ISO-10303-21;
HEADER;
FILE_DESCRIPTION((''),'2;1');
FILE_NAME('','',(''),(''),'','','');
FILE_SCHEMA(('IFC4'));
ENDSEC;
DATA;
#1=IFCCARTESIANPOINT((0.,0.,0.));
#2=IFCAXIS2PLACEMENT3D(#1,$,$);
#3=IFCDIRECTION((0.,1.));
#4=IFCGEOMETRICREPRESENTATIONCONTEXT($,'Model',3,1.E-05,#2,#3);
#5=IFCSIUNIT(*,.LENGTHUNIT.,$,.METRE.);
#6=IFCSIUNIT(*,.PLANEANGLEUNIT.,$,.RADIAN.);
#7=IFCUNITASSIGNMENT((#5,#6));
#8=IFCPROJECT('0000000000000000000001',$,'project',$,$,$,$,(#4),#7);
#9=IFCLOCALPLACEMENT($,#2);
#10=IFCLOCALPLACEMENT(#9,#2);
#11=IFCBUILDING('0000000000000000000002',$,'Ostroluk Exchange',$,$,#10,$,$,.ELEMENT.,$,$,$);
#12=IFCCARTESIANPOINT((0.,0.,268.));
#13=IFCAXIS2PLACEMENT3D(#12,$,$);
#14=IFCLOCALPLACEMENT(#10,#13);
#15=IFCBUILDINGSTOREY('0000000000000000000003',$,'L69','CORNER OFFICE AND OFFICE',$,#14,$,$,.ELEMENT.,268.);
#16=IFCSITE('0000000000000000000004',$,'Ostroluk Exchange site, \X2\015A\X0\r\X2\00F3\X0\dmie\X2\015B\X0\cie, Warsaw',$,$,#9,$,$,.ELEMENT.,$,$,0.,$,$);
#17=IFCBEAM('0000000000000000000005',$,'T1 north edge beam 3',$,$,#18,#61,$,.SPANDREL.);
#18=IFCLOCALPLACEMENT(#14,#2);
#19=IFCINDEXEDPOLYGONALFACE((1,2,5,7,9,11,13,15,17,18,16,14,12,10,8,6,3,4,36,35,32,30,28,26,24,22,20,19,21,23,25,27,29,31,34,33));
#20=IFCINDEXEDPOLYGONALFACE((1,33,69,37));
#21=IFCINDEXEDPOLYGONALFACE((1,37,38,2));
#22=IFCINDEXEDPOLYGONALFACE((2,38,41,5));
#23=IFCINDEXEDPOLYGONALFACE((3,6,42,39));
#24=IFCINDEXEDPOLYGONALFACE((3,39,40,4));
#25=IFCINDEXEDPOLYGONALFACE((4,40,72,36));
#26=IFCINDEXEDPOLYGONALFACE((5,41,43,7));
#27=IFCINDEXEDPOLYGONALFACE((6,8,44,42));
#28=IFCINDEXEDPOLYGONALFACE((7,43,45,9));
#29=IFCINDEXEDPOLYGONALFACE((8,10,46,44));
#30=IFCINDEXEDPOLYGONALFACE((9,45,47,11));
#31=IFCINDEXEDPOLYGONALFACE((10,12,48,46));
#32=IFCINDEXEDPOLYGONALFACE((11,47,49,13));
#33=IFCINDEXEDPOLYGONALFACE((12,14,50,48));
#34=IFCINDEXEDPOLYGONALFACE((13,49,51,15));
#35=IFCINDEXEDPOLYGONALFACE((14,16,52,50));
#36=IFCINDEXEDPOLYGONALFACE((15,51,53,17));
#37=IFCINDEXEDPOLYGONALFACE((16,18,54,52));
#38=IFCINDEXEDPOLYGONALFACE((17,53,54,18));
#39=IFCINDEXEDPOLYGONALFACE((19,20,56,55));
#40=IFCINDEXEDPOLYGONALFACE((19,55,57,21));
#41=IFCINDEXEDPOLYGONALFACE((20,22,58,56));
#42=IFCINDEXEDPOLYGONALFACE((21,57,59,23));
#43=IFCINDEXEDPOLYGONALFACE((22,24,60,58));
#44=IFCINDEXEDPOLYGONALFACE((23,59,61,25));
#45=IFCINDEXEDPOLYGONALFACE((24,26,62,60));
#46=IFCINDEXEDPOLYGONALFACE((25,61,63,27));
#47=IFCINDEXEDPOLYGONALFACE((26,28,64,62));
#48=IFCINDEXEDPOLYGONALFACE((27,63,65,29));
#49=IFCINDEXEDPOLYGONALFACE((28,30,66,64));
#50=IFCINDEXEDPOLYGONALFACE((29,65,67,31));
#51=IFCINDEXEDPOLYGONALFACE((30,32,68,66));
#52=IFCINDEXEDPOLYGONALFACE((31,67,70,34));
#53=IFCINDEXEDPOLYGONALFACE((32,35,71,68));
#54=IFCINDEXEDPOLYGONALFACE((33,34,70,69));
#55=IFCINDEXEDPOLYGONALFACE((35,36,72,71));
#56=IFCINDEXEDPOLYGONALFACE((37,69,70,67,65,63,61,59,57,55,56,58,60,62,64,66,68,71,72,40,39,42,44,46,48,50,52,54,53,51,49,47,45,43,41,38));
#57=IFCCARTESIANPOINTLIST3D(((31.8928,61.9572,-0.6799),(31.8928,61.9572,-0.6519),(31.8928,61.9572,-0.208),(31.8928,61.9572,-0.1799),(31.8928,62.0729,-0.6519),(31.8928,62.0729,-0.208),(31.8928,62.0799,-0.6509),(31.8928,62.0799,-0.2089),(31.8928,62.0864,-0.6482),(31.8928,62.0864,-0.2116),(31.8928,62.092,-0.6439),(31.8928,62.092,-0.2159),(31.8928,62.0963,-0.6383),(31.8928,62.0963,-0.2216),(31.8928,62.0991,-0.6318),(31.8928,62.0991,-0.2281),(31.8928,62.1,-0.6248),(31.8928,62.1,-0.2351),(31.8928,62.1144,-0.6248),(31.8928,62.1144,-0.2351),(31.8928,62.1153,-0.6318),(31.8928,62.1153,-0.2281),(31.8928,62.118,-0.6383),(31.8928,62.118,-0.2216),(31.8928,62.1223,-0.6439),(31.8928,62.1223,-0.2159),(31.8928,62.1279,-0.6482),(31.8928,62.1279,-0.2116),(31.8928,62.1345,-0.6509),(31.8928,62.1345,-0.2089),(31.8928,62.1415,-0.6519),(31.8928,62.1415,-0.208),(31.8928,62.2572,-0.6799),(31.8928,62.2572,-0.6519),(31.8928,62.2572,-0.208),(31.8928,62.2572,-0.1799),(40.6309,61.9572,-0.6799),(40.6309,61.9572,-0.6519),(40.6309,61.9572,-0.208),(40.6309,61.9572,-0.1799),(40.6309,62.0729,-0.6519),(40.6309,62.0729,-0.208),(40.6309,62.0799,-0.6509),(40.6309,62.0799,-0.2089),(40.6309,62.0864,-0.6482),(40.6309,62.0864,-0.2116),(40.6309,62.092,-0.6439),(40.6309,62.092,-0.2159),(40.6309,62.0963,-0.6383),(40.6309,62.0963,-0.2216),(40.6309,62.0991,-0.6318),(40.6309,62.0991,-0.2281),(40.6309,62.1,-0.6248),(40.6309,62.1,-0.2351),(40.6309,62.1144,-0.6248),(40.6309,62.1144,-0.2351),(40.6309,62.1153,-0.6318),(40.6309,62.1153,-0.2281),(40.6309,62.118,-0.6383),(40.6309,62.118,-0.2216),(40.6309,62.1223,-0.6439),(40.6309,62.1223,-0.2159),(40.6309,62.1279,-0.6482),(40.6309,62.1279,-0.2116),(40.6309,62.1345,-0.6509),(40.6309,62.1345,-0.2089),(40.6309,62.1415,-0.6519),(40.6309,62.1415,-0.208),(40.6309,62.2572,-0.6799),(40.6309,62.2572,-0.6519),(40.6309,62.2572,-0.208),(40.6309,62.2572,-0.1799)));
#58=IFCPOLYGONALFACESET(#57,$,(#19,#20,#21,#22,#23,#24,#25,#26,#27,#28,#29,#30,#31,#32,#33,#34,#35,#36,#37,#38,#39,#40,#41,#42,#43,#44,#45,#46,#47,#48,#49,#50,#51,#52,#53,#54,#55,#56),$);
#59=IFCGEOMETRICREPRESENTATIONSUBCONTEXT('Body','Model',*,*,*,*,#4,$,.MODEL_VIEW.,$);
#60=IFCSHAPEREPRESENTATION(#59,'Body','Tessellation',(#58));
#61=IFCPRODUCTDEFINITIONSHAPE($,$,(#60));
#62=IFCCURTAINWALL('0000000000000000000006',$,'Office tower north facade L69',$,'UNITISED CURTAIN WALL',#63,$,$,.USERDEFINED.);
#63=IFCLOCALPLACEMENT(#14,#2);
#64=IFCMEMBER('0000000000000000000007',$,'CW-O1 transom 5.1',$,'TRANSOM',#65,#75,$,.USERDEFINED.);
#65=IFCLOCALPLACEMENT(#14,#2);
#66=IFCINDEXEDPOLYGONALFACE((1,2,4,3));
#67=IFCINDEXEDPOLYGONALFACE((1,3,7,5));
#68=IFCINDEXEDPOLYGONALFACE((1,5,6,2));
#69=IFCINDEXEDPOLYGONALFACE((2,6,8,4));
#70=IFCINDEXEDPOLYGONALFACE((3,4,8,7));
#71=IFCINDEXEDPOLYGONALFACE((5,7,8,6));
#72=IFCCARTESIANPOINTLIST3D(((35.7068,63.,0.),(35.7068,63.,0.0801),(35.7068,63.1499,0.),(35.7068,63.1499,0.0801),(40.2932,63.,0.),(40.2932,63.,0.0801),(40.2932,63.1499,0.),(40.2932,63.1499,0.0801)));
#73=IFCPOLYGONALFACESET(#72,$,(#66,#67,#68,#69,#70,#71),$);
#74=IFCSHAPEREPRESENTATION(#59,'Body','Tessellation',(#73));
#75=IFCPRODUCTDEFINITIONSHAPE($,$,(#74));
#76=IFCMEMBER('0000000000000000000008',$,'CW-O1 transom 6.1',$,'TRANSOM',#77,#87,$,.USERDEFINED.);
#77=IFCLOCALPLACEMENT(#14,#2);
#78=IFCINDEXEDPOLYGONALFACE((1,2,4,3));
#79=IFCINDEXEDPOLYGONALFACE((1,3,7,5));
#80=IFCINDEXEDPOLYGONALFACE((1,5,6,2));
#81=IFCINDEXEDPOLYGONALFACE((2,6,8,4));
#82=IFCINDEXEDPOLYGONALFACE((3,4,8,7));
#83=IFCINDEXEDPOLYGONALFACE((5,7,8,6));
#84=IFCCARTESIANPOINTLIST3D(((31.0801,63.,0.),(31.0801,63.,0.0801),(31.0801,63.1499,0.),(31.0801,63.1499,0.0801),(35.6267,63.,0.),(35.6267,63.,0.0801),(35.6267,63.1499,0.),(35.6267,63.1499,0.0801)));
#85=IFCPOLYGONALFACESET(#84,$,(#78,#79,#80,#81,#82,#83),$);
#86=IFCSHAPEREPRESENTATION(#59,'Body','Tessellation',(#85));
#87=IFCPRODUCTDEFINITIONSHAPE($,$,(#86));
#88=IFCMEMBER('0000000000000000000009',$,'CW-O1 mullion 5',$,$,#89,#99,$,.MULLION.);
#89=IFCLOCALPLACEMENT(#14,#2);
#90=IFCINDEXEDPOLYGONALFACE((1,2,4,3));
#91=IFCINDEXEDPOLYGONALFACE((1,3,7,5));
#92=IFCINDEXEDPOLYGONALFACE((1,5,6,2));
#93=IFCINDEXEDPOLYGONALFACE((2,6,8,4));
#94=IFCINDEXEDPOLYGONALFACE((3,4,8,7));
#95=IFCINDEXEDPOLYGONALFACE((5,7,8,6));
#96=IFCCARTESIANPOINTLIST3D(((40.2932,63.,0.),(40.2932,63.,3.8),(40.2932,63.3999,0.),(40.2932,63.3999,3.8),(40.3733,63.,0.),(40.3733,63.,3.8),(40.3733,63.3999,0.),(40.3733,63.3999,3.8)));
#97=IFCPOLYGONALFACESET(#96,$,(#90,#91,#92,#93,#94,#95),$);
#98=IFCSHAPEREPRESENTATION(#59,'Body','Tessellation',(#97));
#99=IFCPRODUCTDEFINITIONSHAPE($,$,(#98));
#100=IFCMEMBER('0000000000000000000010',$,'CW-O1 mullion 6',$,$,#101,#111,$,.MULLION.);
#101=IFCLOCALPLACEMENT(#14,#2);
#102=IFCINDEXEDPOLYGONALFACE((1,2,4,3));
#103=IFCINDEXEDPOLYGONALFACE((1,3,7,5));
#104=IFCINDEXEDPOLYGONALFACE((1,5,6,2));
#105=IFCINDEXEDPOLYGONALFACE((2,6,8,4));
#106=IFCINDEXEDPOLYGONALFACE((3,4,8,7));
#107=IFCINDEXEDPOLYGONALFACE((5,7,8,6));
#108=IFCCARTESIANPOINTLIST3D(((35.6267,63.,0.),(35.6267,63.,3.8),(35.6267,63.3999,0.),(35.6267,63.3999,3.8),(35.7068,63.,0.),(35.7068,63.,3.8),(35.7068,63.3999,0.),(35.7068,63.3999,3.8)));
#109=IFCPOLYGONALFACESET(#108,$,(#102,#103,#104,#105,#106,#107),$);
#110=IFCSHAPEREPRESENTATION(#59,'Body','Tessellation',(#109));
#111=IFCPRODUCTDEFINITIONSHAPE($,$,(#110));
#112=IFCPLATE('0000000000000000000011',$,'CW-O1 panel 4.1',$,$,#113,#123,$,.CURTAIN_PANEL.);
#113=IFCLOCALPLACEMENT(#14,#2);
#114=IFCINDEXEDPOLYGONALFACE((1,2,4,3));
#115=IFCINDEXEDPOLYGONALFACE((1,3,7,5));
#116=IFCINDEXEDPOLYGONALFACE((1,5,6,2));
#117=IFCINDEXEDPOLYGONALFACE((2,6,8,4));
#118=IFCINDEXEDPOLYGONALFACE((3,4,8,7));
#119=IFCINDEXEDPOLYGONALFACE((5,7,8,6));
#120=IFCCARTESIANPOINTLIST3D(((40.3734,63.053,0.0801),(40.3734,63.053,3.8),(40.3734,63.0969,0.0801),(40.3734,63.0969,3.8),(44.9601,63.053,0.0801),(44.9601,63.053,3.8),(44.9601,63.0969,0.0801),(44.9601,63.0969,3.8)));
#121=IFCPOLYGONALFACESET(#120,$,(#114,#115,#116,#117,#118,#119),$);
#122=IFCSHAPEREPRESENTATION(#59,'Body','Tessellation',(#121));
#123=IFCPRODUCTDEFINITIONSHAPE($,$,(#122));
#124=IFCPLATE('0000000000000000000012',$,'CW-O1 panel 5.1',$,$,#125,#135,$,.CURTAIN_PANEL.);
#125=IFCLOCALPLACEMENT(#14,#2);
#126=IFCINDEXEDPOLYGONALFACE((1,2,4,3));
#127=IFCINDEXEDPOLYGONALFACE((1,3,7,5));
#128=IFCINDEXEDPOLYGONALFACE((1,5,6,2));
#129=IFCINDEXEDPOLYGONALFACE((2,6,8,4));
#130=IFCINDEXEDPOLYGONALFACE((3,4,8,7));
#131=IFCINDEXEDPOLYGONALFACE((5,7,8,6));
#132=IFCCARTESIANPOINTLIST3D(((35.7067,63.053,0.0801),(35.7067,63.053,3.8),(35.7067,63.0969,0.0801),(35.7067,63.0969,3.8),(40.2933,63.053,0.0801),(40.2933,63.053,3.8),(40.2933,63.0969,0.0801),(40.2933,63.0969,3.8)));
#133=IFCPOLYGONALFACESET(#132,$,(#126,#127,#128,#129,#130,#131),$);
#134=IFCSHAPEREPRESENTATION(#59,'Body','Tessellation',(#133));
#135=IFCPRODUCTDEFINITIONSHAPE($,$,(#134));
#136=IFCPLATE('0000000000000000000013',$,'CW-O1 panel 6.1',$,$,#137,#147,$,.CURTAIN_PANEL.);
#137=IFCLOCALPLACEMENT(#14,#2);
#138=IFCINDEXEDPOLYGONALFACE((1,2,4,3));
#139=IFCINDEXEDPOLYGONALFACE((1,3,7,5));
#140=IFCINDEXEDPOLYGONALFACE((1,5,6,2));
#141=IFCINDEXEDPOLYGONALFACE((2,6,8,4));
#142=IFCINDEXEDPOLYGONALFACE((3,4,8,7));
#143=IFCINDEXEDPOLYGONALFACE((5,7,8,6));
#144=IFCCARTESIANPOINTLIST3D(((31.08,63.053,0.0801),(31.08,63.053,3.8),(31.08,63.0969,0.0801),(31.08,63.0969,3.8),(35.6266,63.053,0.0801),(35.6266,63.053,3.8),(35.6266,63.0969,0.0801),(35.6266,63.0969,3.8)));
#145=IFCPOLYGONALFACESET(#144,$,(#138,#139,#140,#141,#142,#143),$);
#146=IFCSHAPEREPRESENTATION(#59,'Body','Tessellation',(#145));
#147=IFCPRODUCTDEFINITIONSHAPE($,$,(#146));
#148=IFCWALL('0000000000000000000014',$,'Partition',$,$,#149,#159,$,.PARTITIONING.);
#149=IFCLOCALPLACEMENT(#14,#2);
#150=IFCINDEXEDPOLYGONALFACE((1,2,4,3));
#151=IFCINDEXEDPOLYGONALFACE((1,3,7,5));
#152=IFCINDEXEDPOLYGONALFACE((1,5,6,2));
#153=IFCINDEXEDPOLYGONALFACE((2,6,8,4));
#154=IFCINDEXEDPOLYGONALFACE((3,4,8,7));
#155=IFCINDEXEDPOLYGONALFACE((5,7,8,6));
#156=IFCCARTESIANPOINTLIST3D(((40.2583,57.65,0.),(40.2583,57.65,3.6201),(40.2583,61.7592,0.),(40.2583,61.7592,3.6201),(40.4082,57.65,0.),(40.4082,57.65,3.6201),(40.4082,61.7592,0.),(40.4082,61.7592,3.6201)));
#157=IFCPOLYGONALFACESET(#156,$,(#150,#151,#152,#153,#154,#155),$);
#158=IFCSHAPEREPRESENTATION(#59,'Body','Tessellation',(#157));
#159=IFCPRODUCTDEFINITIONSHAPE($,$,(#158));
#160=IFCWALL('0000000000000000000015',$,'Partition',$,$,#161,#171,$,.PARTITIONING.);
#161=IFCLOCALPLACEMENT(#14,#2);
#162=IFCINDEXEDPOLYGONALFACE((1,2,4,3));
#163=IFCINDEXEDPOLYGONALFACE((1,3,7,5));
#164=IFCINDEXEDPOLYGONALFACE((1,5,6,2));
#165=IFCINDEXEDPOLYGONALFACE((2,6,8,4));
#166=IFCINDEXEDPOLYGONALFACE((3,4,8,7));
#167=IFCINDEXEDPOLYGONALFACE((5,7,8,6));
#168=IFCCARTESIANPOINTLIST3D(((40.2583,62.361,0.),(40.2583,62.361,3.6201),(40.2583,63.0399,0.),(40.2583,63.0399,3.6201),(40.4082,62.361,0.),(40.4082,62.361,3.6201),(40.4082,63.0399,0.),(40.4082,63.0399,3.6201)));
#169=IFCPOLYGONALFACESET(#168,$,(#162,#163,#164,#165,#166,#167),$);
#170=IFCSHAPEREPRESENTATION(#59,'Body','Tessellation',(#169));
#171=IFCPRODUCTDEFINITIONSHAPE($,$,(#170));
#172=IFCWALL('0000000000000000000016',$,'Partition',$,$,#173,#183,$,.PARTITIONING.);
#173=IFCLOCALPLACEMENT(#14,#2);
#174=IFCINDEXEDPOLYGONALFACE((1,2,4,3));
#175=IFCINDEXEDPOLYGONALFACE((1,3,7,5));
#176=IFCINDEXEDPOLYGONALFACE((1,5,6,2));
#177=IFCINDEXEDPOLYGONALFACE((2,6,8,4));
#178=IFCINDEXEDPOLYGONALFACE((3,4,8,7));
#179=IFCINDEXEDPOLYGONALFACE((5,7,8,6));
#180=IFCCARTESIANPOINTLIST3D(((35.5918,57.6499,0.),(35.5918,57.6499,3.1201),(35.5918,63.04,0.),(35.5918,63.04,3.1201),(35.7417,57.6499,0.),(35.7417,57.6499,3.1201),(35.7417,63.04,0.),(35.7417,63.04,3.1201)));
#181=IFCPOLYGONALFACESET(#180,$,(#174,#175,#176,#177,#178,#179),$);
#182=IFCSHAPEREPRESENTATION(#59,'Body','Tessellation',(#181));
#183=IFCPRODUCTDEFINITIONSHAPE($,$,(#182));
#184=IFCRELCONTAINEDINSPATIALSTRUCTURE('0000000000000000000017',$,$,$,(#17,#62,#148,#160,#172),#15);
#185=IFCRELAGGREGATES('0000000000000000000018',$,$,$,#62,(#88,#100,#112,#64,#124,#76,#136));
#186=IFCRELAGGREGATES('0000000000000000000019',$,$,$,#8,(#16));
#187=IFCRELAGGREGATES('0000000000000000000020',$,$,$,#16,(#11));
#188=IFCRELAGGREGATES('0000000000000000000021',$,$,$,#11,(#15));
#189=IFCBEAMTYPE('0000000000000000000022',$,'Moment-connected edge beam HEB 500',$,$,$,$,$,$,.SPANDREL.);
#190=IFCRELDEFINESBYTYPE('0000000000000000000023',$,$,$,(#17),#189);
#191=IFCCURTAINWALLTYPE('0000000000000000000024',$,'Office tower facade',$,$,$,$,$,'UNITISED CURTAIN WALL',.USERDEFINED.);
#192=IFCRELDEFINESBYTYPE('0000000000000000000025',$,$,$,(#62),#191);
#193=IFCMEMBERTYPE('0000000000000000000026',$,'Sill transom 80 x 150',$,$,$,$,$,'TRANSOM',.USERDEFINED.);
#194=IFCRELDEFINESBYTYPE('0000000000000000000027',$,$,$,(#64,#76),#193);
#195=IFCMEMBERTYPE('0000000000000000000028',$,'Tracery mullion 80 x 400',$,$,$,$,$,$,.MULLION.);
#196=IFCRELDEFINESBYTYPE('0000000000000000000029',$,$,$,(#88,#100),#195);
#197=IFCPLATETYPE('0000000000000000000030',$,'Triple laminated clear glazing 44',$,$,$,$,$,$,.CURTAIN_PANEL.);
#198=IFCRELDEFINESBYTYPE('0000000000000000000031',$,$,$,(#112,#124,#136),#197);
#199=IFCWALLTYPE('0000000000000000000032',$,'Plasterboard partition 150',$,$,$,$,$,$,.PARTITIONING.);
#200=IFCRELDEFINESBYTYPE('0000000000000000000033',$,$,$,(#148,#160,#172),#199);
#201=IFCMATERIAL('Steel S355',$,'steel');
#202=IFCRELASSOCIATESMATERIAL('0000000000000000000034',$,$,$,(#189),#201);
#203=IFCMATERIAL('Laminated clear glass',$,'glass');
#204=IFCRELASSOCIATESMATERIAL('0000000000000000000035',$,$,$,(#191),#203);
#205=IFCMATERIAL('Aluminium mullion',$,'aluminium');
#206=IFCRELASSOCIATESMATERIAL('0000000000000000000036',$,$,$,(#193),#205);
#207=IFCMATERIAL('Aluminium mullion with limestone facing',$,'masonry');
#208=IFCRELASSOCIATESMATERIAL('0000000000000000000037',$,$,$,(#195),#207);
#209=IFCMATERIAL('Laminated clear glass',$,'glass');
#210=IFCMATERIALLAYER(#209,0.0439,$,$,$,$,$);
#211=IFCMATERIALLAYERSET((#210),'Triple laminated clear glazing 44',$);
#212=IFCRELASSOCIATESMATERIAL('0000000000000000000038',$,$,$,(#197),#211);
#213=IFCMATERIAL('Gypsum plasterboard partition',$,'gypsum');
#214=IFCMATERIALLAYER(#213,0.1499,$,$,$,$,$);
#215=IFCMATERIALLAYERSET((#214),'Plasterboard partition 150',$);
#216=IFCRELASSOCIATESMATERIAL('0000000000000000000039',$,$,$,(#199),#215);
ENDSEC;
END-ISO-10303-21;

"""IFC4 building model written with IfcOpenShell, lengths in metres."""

from ifc_helpers import new_model, si_unit, direction, frame, frame_2d, origin, origin_2d, place, context, subcontext, project, spatial, rectangle, i_section, extrude, material, layer, layer_set, material_profile, profile_set, type_object, element, aggregate, save


model = new_model("IFC4")

# Units and contexts
model_context = context("Model", 3, precision=1e-05, world=origin(), true_north=direction((0.0, 1.0)))
body_context = subcontext(model_context, "Body", "Model", "MODEL_VIEW")
ifc_project = project(units=[si_unit("LENGTHUNIT", "METRE"), si_unit("PLANEANGLEUNIT", "RADIAN")], contexts=[model_context])

# Site, building, storey
site_placement = place(None, origin())
site = spatial("IfcSite", under=ifc_project, at=site_placement, Name="Ostroluk Exchange site, Śródmieście, Warsaw", CompositionType="ELEMENT", RefElevation=0.0)
building_placement = place(site_placement, origin())
building = spatial("IfcBuilding", under=site, at=building_placement, Name="Ostroluk Exchange", CompositionType="ELEMENT")
storey_placement = place(building_placement, frame((0.0, 0.0, 268.0)))
storey = spatial("IfcBuildingStorey", under=building, at=storey_placement, Name="L69", Description="CORNER OFFICE AND OFFICE", CompositionType="ELEMENT", Elevation=268.0)

# Beam
ifc_material_1 = material(Name="Steel S355", Category="steel")
ifc_material_profile_1 = material_profile(ifc_material_1, i_section(OverallWidth=0.3, OverallDepth=0.5, WebThickness=0.0144, FlangeThickness=0.0281, FilletRadius=0.0271, at=origin_2d()), Name="HEB 500")
ifc_profile_set_1 = profile_set([ifc_material_profile_1], Name="Steel S355")
beam_type_1 = type_object("IfcBeamType", Name="Moment-connected edge beam HEB 500", PredefinedType="SPANDREL", material=ifc_profile_set_1)
beam_1_placement = place(storey_placement, frame((40.6309, 62.1072, -0.4299), z_axis=(-1.0, 0.0, 0.0), x_axis=(0.0, -1.0, 0.0)))
element("IfcBeam", 1, at=beam_1_placement, inside=storey, type_object=beam_type_1, Name="T1 north edge beam 3", PredefinedType="SPANDREL", context=body_context, shape_type="SweptSolid", body=[
    extrude(i_section(OverallWidth=0.3, OverallDepth=0.5, WebThickness=0.0144, FlangeThickness=0.0281, FilletRadius=0.0271, at=origin_2d()), origin(), (0.0, 0.0, 1.0), 8.738),
])

# Curtain wall, members, plates
ifc_material_2 = material(Name="Laminated clear glass", Category="glass")
curtain_wall_type = type_object("IfcCurtainWallType", Name="Office tower facade", ElementType="UNITISED CURTAIN WALL", PredefinedType="USERDEFINED", material=ifc_material_2)
curtain_wall_placement = place(storey_placement, origin())
curtain_wall = element("IfcCurtainWall", 2, at=curtain_wall_placement, inside=storey, type_object=curtain_wall_type, Name="Office tower north facade L69", ObjectType="UNITISED CURTAIN WALL", PredefinedType="USERDEFINED")
ifc_material_3 = material(Name="Aluminium mullion", Category="aluminium")
ifc_material_profile_2 = material_profile(ifc_material_3, rectangle(XDim=0.1499, YDim=0.0801, at=origin_2d()), Name="Sill transom 80 x 150")
ifc_profile_set_2 = profile_set([ifc_material_profile_2], Name="Aluminium mullion")
member_type_1 = type_object("IfcMemberType", Name="Sill transom 80 x 150", ElementType="TRANSOM", PredefinedType="USERDEFINED", material=ifc_profile_set_2)
member_1_placement = place(storey_placement, frame((40.2932, 63.075, 0.04), z_axis=(-1.0, 0.0, 0.0), x_axis=(0.0, -1.0, 0.0)))
member_1 = element("IfcMember", 3, at=member_1_placement, type_object=member_type_1, Name="CW-O1 transom 5.1", ObjectType="TRANSOM", PredefinedType="USERDEFINED", context=body_context, shape_type="SweptSolid", body=[
    extrude(rectangle(XDim=0.1499, YDim=0.0801, at=origin_2d()), origin(), (0.0, 0.0, 1.0), 4.5864),
])
member_2_placement = place(storey_placement, frame((35.6267, 63.075, 0.04), z_axis=(-1.0, 0.0, 0.0), x_axis=(0.0, -1.0, 0.0)))
member_2 = element("IfcMember", 4, at=member_2_placement, type_object=member_type_1, Name="CW-O1 transom 6.1", ObjectType="TRANSOM", PredefinedType="USERDEFINED", context=body_context, shape_type="SweptSolid", body=[
    extrude(rectangle(XDim=0.1499, YDim=0.0801, at=origin_2d()), origin(), (0.0, 0.0, 1.0), 4.5466),
])
ifc_material_4 = material(Name="Aluminium mullion with limestone facing", Category="masonry")
ifc_material_profile_3 = material_profile(ifc_material_4, rectangle(XDim=0.3999, YDim=0.0801, at=origin_2d()), Name="Tracery mullion 80 x 400")
ifc_profile_set_3 = profile_set([ifc_material_profile_3], Name="Aluminium mullion with limestone facing")
member_type_2 = type_object("IfcMemberType", Name="Tracery mullion 80 x 400", PredefinedType="MULLION", material=ifc_profile_set_3)
member_3_placement = place(storey_placement, frame((40.3333, 63.2, 0.0), z_axis=(0.0, 0.0, 1.0), x_axis=(0.0, -1.0, 0.0)))
member_3 = element("IfcMember", 5, at=member_3_placement, type_object=member_type_2, Name="CW-O1 mullion 5", PredefinedType="MULLION", context=body_context, shape_type="SweptSolid", body=[
    extrude(rectangle(XDim=0.3999, YDim=0.0801, at=origin_2d()), origin(), (0.0, 0.0, 1.0), 3.8),
])
member_4_placement = place(storey_placement, frame((35.6667, 63.2, 0.0), z_axis=(0.0, 0.0, 1.0), x_axis=(0.0, -1.0, 0.0)))
member_4 = element("IfcMember", 6, at=member_4_placement, type_object=member_type_2, Name="CW-O1 mullion 6", PredefinedType="MULLION", context=body_context, shape_type="SweptSolid", body=[
    extrude(rectangle(XDim=0.3999, YDim=0.0801, at=origin_2d()), origin(), (0.0, 0.0, 1.0), 3.8),
])
ifc_material_5 = material(Name="Laminated clear glass", Category="glass")
ifc_layer_1 = layer(ifc_material_5, 0.0439)
ifc_layer_set_1 = layer_set([ifc_layer_1], Name="Triple laminated clear glazing 44")
plate_type = type_object("IfcPlateType", Name="Triple laminated clear glazing 44", PredefinedType="CURTAIN_PANEL", material=ifc_layer_set_1)
plate_1_placement = place(storey_placement, frame((42.6667, 63.075, 0.0801), z_axis=(0.0, 0.0, 1.0), x_axis=(-1.0, 0.0, 0.0)))
plate_1 = element("IfcPlate", 7, at=plate_1_placement, type_object=plate_type, Name="CW-O1 panel 4.1", PredefinedType="CURTAIN_PANEL", context=body_context, shape_type="SweptSolid", body=[
    extrude(rectangle(XDim=4.5867, YDim=0.0439, at=origin_2d()), origin(), (0.0, 0.0, 1.0), 3.72),
])
plate_2_placement = place(storey_placement, frame((38.0, 63.075, 0.0801), z_axis=(0.0, 0.0, 1.0), x_axis=(-1.0, 0.0, 0.0)))
plate_2 = element("IfcPlate", 8, at=plate_2_placement, type_object=plate_type, Name="CW-O1 panel 5.1", PredefinedType="CURTAIN_PANEL", context=body_context, shape_type="SweptSolid", body=[
    extrude(rectangle(XDim=4.5867, YDim=0.0439, at=origin_2d()), origin(), (0.0, 0.0, 1.0), 3.72),
])
plate_3_placement = place(storey_placement, frame((33.3533, 63.075, 0.0801), z_axis=(0.0, 0.0, 1.0), x_axis=(-1.0, 0.0, 0.0)))
plate_3 = element("IfcPlate", 9, at=plate_3_placement, type_object=plate_type, Name="CW-O1 panel 6.1", PredefinedType="CURTAIN_PANEL", context=body_context, shape_type="SweptSolid", body=[
    extrude(rectangle(XDim=4.5466, YDim=0.0439, at=origin_2d()), origin(), (0.0, 0.0, 1.0), 3.72),
])
aggregate(curtain_wall, [member_3, member_4, plate_1, member_1, plate_2, member_2, plate_3])

# Walls
ifc_material_6 = material(Name="Gypsum plasterboard partition", Category="gypsum")
ifc_layer_2 = layer(ifc_material_6, 0.1499)
ifc_layer_set_2 = layer_set([ifc_layer_2], Name="Plasterboard partition 150")
wall_type = type_object("IfcWallType", Name="Plasterboard partition 150", PredefinedType="PARTITIONING", material=ifc_layer_set_2)
wall_1_placement = place(storey_placement, frame((40.3333, 57.6499, 0.0), z_axis=(0.0, 0.0, 1.0), x_axis=(0.0, 1.0, 0.0)))
element("IfcWall", 10, at=wall_1_placement, inside=storey, type_object=wall_type, Name="Partition", PredefinedType="PARTITIONING", context=body_context, shape_type="SweptSolid", body=[
    extrude(rectangle(XDim=4.1091, YDim=0.1499, at=frame_2d((2.0547, 0.0))), origin(), (0.0, 0.0, 1.0), 3.6201),
])
wall_2_placement = place(storey_placement, frame((40.3333, 62.3611, 0.0), z_axis=(0.0, 0.0, 1.0), x_axis=(0.0, 1.0, 0.0)))
element("IfcWall", 11, at=wall_2_placement, inside=storey, type_object=wall_type, Name="Partition", PredefinedType="PARTITIONING", context=body_context, shape_type="SweptSolid", body=[
    extrude(rectangle(XDim=0.679, YDim=0.1499, at=frame_2d((0.3394, 0.0))), origin(), (0.0, 0.0, 1.0), 3.6201),
])
wall_3_placement = place(storey_placement, frame((35.6667, 57.6499, 0.0), z_axis=(0.0, 0.0, 1.0), x_axis=(0.0, 1.0, 0.0)))
element("IfcWall", 12, at=wall_3_placement, inside=storey, type_object=wall_type, Name="Partition", PredefinedType="PARTITIONING", context=body_context, shape_type="SweptSolid", body=[
    extrude(rectangle(XDim=5.3901, YDim=0.1499, at=frame_2d((2.6951, 0.0))), origin(), (0.0, 0.0, 1.0), 3.1201),
])

save(model, "model.ifc")
